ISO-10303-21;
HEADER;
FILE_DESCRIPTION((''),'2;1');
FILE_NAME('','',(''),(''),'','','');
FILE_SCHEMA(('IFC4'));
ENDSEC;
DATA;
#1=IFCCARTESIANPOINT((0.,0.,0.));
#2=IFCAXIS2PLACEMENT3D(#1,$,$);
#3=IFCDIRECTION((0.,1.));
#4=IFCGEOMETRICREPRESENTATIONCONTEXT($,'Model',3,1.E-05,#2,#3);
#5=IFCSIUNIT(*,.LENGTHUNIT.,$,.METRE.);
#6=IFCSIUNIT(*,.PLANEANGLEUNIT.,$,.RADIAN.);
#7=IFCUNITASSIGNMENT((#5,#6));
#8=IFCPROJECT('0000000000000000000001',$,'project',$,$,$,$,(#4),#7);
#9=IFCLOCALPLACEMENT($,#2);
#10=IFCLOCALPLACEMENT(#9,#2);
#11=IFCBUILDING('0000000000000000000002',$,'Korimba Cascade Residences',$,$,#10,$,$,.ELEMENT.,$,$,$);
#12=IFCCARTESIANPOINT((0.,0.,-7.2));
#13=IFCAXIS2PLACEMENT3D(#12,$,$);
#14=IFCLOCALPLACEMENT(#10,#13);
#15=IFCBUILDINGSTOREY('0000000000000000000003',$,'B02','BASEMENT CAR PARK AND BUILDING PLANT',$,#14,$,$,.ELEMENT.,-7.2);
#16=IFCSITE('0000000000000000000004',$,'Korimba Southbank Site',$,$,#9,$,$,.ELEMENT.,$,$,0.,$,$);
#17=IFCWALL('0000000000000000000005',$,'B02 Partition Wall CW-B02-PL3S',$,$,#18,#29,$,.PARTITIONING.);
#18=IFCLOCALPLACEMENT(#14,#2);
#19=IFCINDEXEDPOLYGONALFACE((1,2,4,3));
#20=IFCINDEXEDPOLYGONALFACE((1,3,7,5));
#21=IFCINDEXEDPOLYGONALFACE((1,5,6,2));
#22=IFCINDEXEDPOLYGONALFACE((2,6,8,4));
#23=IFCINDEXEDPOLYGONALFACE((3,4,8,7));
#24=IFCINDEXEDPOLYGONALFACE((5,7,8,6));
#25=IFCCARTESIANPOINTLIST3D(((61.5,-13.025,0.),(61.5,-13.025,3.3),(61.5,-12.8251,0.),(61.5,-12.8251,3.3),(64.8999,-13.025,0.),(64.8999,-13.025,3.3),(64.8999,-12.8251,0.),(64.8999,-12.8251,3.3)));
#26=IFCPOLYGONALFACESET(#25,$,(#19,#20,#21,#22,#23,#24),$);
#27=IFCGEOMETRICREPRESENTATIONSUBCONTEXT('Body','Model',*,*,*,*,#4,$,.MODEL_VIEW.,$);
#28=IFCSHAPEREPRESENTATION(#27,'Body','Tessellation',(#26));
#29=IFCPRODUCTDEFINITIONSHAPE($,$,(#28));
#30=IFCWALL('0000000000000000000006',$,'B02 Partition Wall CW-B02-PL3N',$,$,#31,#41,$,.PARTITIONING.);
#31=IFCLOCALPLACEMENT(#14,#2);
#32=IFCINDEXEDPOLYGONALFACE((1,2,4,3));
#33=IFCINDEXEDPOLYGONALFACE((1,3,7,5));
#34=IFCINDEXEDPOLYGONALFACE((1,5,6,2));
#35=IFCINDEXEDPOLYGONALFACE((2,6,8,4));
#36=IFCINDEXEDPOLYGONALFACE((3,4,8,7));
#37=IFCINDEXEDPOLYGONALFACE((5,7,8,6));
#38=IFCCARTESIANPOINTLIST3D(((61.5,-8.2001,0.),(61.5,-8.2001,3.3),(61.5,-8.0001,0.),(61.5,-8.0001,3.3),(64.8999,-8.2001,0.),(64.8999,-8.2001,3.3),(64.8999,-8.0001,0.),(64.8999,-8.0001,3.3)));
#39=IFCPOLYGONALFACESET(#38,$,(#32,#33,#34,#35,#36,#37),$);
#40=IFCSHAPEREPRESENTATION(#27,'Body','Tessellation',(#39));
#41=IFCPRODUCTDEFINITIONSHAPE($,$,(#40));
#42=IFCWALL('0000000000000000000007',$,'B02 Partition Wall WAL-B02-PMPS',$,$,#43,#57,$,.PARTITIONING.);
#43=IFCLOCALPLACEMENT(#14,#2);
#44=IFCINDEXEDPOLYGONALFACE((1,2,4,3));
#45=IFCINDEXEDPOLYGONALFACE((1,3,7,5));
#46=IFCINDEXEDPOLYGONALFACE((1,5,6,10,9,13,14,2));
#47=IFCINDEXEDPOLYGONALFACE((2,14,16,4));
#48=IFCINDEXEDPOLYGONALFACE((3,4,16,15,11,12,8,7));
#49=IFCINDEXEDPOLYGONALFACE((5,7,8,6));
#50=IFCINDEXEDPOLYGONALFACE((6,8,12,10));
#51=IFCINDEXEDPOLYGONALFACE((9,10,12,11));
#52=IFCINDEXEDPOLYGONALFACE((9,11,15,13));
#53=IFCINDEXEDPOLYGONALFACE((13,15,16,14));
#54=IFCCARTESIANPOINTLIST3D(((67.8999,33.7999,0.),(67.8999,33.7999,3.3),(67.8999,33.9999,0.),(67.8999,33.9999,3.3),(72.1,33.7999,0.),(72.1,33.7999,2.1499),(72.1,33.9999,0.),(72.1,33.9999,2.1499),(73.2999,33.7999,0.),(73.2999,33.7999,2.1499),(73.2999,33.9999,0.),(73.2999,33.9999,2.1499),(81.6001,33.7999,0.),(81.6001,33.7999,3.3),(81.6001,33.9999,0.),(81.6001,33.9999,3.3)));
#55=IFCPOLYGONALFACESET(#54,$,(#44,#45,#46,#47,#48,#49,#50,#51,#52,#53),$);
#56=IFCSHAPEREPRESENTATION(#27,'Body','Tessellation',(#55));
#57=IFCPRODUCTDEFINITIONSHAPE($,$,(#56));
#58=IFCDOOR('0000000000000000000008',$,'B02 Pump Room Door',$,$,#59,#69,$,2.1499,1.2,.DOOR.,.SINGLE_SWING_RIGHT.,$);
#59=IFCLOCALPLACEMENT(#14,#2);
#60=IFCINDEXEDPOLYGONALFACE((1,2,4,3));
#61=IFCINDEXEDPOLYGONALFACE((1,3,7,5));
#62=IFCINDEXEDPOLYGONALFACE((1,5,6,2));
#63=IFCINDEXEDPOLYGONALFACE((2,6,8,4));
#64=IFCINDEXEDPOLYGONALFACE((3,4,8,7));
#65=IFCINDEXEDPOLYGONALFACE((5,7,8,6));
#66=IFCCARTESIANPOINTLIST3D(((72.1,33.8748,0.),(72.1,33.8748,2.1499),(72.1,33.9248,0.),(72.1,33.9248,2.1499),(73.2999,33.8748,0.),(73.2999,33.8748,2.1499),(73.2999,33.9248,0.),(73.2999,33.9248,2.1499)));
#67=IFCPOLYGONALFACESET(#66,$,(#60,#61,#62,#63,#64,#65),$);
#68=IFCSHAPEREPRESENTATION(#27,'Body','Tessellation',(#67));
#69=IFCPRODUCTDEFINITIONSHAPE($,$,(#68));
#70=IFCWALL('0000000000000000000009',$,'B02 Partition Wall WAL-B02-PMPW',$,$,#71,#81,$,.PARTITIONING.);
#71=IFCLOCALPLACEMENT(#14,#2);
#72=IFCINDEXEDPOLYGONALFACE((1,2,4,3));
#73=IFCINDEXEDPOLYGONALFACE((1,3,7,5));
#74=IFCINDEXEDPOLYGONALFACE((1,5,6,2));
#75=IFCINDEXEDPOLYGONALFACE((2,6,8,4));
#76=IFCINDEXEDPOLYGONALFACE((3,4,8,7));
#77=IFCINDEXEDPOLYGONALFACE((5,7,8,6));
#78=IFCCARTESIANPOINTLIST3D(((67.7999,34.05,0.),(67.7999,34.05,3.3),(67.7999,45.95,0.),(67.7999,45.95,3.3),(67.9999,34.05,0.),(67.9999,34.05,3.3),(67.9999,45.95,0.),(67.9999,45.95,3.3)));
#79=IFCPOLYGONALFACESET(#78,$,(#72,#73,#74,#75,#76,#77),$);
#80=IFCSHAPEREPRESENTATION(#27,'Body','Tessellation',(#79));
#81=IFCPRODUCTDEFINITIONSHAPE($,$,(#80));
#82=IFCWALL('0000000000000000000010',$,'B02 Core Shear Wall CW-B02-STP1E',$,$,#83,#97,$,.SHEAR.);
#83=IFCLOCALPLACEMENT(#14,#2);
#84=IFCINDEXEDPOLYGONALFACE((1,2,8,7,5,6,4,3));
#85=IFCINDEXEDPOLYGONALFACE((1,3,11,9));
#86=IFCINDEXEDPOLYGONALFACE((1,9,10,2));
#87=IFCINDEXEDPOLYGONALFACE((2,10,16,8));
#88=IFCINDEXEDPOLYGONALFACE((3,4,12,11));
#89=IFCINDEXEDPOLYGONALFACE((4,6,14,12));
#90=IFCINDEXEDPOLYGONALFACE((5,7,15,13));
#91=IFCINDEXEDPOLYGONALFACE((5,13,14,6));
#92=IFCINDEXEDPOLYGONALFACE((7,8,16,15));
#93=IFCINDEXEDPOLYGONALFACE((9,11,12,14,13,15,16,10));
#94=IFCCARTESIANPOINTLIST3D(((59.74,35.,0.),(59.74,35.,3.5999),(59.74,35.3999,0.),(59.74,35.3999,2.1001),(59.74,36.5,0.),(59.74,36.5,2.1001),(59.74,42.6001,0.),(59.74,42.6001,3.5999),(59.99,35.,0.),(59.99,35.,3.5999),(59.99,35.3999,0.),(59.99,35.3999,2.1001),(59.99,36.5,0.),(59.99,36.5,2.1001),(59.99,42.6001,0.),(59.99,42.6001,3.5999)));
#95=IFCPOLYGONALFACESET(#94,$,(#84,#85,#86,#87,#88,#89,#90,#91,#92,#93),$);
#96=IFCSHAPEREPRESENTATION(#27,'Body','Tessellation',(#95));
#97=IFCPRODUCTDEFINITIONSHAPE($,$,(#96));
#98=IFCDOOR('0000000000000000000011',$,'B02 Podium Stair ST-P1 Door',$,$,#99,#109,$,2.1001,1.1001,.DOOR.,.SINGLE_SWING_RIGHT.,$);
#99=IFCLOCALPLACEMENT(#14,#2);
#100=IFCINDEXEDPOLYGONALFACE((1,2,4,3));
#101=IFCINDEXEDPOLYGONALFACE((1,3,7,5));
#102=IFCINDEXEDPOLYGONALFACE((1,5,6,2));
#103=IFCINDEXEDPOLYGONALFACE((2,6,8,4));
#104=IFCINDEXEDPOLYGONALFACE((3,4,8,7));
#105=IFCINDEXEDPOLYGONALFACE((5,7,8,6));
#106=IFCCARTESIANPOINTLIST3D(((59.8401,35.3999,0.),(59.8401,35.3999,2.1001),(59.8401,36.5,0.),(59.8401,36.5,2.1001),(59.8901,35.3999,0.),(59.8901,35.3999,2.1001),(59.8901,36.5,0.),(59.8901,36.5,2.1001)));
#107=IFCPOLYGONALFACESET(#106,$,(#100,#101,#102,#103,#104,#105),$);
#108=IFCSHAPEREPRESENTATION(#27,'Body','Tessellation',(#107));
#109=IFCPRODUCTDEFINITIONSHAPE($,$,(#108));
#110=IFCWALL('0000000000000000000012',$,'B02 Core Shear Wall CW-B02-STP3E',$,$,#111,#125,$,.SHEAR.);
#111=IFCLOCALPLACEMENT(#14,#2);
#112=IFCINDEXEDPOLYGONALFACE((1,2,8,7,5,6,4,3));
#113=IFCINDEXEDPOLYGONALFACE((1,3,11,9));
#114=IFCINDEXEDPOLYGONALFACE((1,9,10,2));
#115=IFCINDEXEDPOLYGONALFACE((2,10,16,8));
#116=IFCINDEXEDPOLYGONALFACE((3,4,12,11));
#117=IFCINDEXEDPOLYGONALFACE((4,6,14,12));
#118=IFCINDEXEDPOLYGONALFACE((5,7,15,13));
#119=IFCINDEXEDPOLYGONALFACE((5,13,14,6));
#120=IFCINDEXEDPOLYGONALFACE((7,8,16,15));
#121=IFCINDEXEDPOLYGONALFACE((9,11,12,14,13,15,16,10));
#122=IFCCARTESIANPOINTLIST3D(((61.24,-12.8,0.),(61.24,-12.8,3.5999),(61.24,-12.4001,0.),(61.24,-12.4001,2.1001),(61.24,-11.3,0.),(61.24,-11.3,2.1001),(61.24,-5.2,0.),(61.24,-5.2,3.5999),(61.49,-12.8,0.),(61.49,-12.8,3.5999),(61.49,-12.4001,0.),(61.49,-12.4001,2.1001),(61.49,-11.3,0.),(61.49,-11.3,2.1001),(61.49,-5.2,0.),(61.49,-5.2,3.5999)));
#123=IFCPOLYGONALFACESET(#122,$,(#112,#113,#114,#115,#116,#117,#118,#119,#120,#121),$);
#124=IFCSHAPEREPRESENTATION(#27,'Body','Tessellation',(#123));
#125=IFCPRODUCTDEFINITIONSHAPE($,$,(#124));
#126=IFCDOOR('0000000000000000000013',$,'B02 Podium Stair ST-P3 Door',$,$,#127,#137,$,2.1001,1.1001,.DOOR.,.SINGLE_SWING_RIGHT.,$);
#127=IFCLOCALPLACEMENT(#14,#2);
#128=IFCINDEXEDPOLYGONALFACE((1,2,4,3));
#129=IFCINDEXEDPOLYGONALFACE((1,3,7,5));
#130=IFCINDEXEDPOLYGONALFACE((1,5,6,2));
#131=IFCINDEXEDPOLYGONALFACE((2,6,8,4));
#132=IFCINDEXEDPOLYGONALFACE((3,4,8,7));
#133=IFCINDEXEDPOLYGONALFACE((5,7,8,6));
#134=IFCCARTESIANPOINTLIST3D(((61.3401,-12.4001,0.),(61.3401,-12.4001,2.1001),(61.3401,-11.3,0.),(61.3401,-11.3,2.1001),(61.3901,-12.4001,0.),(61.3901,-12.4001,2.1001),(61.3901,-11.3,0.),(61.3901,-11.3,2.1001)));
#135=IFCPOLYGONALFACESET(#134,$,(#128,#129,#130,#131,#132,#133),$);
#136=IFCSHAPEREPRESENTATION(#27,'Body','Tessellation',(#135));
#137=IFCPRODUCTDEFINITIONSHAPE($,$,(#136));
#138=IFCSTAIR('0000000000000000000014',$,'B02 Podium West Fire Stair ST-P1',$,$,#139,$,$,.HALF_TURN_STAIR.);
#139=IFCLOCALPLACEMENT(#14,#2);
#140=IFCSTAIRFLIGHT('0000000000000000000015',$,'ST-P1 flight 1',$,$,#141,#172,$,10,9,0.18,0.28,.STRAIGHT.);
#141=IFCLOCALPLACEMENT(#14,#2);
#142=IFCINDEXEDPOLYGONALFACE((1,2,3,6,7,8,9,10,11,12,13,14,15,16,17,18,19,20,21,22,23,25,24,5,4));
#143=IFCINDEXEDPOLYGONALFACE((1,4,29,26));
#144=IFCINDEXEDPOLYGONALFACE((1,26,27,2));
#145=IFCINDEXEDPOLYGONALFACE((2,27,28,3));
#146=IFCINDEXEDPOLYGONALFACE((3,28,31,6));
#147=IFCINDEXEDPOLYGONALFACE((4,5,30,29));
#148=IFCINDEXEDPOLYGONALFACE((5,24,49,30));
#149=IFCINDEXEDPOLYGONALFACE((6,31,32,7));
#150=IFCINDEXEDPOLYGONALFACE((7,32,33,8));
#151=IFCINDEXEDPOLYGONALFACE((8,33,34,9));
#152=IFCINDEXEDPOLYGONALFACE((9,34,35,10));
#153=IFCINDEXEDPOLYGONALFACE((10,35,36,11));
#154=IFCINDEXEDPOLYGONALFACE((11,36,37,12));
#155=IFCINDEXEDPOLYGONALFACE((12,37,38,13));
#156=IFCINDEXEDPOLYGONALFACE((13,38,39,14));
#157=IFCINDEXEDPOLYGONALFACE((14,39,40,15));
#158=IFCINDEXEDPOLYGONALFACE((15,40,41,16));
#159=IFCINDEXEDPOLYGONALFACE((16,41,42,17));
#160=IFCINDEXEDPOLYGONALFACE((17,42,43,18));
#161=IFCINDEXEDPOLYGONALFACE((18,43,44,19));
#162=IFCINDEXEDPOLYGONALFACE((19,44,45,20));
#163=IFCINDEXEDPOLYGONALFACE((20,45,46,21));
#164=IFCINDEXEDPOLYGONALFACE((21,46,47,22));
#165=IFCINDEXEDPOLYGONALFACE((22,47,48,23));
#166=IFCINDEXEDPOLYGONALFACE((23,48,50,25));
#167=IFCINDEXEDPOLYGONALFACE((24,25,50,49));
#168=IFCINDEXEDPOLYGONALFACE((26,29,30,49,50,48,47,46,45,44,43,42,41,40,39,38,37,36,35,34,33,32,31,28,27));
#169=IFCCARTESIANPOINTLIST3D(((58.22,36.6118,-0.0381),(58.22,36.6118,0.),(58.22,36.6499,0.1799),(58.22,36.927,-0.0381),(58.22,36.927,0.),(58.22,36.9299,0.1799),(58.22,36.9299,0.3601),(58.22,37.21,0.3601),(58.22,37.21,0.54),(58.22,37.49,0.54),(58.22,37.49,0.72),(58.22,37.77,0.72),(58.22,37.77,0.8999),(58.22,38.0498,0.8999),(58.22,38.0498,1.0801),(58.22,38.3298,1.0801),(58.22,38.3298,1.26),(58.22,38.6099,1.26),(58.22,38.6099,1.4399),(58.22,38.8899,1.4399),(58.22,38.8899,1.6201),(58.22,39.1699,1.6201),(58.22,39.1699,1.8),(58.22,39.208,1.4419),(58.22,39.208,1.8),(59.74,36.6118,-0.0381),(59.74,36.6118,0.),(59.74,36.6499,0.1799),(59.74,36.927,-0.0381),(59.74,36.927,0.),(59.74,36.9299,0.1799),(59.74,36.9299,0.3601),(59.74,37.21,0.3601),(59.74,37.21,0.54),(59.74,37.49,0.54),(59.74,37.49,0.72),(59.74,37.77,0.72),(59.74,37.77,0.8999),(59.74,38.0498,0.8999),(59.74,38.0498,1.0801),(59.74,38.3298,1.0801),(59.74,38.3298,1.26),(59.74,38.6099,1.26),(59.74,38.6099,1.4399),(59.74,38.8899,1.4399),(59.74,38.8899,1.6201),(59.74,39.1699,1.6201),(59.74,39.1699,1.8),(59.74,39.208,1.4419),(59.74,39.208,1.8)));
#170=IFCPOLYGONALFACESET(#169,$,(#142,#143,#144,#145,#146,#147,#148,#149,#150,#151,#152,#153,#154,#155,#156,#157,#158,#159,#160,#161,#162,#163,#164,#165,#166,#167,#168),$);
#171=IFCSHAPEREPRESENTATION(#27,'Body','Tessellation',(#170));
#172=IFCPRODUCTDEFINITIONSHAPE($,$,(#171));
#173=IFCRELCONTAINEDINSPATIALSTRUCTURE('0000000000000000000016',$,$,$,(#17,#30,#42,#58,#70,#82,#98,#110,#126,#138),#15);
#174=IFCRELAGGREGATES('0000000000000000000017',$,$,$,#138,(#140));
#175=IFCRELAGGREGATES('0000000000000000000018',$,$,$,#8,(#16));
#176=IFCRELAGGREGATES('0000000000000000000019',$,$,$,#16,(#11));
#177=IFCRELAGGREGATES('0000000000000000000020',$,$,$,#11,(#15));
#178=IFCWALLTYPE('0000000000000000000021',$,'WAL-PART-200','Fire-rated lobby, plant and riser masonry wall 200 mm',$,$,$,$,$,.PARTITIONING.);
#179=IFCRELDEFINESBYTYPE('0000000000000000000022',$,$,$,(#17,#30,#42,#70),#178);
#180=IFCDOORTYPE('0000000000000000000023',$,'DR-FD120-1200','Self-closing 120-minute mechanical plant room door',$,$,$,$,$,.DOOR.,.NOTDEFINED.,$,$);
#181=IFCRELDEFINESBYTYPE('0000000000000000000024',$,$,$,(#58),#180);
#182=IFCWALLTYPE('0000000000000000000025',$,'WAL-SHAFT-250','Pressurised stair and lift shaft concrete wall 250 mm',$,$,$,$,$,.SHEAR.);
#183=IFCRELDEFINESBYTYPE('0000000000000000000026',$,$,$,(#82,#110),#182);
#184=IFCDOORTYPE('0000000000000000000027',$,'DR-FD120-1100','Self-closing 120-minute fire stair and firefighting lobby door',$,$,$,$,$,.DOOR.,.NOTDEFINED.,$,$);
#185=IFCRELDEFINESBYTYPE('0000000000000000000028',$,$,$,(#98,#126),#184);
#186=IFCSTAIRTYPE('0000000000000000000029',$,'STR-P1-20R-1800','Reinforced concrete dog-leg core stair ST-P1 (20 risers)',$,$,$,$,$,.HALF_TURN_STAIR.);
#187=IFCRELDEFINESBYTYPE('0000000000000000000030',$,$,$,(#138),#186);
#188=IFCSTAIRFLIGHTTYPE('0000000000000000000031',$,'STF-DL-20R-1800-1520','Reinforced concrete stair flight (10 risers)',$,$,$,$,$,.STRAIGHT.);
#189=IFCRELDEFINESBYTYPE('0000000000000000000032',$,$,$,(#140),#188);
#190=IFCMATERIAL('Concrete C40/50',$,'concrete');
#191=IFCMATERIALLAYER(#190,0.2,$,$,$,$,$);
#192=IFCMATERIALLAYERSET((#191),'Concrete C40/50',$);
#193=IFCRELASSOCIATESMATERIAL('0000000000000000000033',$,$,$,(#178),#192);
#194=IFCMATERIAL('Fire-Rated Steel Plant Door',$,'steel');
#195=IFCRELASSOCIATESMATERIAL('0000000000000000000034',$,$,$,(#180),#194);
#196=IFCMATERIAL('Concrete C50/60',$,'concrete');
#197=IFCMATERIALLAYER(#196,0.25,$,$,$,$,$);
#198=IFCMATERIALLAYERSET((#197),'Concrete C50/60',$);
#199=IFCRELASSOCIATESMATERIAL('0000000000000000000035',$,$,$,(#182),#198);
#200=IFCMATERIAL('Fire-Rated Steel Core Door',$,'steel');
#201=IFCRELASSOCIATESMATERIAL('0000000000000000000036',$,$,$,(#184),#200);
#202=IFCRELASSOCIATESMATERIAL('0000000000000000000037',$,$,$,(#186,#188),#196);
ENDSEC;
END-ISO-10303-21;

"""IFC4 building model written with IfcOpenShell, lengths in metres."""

from ifc_helpers import new_model, si_unit, direction, frame, frame_2d, origin, place, context, subcontext, project, spatial, polyline, rectangle, outline, extrude, material, layer, layer_set, type_object, element, fill, aggregate, save


model = new_model("IFC4")

# Units and contexts
model_context = context("Model", 3, precision=1e-05, world=origin(), true_north=direction((0.0, 1.0)))
body_context = subcontext(model_context, "Body", "Model", "MODEL_VIEW")
ifc_project = project(units=[si_unit("LENGTHUNIT", "METRE"), si_unit("PLANEANGLEUNIT", "RADIAN")], contexts=[model_context])

# Site, building, storey
site_placement = place(None, origin())
site = spatial("IfcSite", under=ifc_project, at=site_placement, Name="Korimba Southbank Site", CompositionType="ELEMENT", RefElevation=0.0)
building_placement = place(site_placement, origin())
building = spatial("IfcBuilding", under=site, at=building_placement, Name="Korimba Cascade Residences", CompositionType="ELEMENT")
storey_placement = place(building_placement, frame((0.0, 0.0, -7.2)))
storey = spatial("IfcBuildingStorey", under=building, at=storey_placement, Name="B02", Description="BASEMENT CAR PARK AND BUILDING PLANT", CompositionType="ELEMENT", Elevation=-7.2)

# Shared definitions
ifc_material_1 = material(Name="Concrete C50/60", Category="concrete")

# Shared definitions
ifc_material_2 = material(Name="Concrete C40/50", Category="concrete")
ifc_layer_1 = layer(ifc_material_2, 0.2)
ifc_layer_set_1 = layer_set([ifc_layer_1], Name="Concrete C40/50")
wall_type_1 = type_object("IfcWallType", Name="WAL-PART-200", Description="Fire-rated lobby, plant and riser masonry wall 200 mm", PredefinedType="PARTITIONING", material=ifc_layer_set_1)

# Walls
for number, where, z_axis, x_axis, name in (
    (1, (61.5, -12.925, 0.0), (0.0, 0.0, 1.0), (1.0, 0.0, 0.0), "B02 Partition Wall CW-B02-PL3S"),
    (2, (61.5, -8.1001, 0.0), (0.0, 0.0, 1.0), (1.0, 0.0, 0.0), "B02 Partition Wall CW-B02-PL3N"),
):
    element("IfcWall", number, at=place(storey_placement, frame(where, z_axis=z_axis, x_axis=x_axis)), inside=storey, type_object=wall_type_1, Name=name, PredefinedType="PARTITIONING", context=body_context, shape_type="SweptSolid", body=[
        extrude(rectangle(XDim=3.3999, YDim=0.2, at=frame_2d((1.7, 0.0))), origin(), (0.0, 0.0, 1.0), 3.3),
    ])

# Wall, opening, door
wall_1_placement = place(storey_placement, frame((67.8999, 33.8999, 0.0), z_axis=(0.0, 0.0, 1.0), x_axis=(1.0, 0.0, 0.0)))
wall_1 = element("IfcWall", 3, at=wall_1_placement, inside=storey, type_object=wall_type_1, Name="B02 Partition Wall WAL-B02-PMPS", PredefinedType="PARTITIONING", context=body_context, shape_type="SweptSolid", body=[
    extrude(rectangle(XDim=13.7002, YDim=0.2, at=frame_2d((6.8501, 0.0))), origin(), (0.0, 0.0, 1.0), 3.3),
])
opening_1_placement = place(wall_1_placement, frame((4.2, 0.0, 0.0)))
opening_1 = element("IfcOpeningElement", 4, at=opening_1_placement, cuts=wall_1, PredefinedType="OPENING", context=body_context, shape_type="SweptSolid", body=[
    extrude(rectangle(XDim=1.2, YDim=2.1499, at=frame_2d((0.6001, 1.075))), frame((0.0, 0.1099, 0.0), z_axis=(0.0, -1.0, 0.0), x_axis=(1.0, 0.0, 0.0)), (0.0, 0.0, 1.0), 0.22),
])
ifc_material_3 = material(Name="Fire-Rated Steel Plant Door", Category="steel")
door_type_1 = type_object("IfcDoorType", Name="DR-FD120-1200", Description="Self-closing 120-minute mechanical plant room door", OperationType="NOTDEFINED", PredefinedType="DOOR", material=ifc_material_3)
door_1_placement = place(opening_1_placement, origin())
door_1 = element("IfcDoor", 5, at=door_1_placement, inside=storey, type_object=door_type_1, Name="B02 Pump Room Door", OperationType="SINGLE_SWING_RIGHT", OverallHeight=2.1499, OverallWidth=1.2, PredefinedType="DOOR", context=body_context, shape_type="SweptSolid", body=[
    extrude(rectangle(XDim=1.2, YDim=2.1499, at=frame_2d((0.6001, 1.075))), frame((0.0, 0.0249, 0.0), z_axis=(0.0, -1.0, 0.0), x_axis=(1.0, 0.0, 0.0)), (0.0, 0.0, 1.0), 0.05),
])
fill(opening_1, door_1)

# Wall
wall_2_placement = place(storey_placement, frame((67.8999, 34.05, 0.0), z_axis=(0.0, 0.0, 1.0), x_axis=(0.0, 1.0, 0.0)))
element("IfcWall", 6, at=wall_2_placement, inside=storey, type_object=wall_type_1, Name="B02 Partition Wall WAL-B02-PMPW", PredefinedType="PARTITIONING", context=body_context, shape_type="SweptSolid", body=[
    extrude(rectangle(XDim=11.8999, YDim=0.2, at=frame_2d((5.95, 0.0))), origin(), (0.0, 0.0, 1.0), 3.3),
])

# Walls, openings, doors
ifc_layer_2 = layer(ifc_material_1, 0.25)
ifc_layer_set_2 = layer_set([ifc_layer_2], Name="Concrete C50/60")
wall_type_2 = type_object("IfcWallType", Name="WAL-SHAFT-250", Description="Pressurised stair and lift shaft concrete wall 250 mm", PredefinedType="SHEAR", material=ifc_layer_set_2)
wall_3_placement = place(storey_placement, frame((59.865, 35.0, 0.0), z_axis=(0.0, 0.0, 1.0), x_axis=(0.0, 1.0, 0.0)))
wall_3 = element("IfcWall", 7, at=wall_3_placement, inside=storey, type_object=wall_type_2, Name="B02 Core Shear Wall CW-B02-STP1E", PredefinedType="SHEAR", context=body_context, shape_type="SweptSolid", body=[
    extrude(rectangle(XDim=7.6001, YDim=0.25, at=frame_2d((3.8, 0.0))), origin(), (0.0, 0.0, 1.0), 3.5999),
])
opening_2_placement = place(wall_3_placement, frame((0.3999, 0.0, 0.0)))
opening_2 = element("IfcOpeningElement", 8, at=opening_2_placement, cuts=wall_3, PredefinedType="OPENING", context=body_context, shape_type="SweptSolid", body=[
    extrude(rectangle(XDim=1.1001, YDim=2.1001, at=frame_2d((0.55, 1.05))), frame((0.0, 0.135, 0.0), z_axis=(0.0, -1.0, 0.0), x_axis=(1.0, 0.0, 0.0)), (0.0, 0.0, 1.0), 0.27),
])
ifc_material_4 = material(Name="Fire-Rated Steel Core Door", Category="steel")
door_type_2 = type_object("IfcDoorType", Name="DR-FD120-1100", Description="Self-closing 120-minute fire stair and firefighting lobby door", OperationType="NOTDEFINED", PredefinedType="DOOR", material=ifc_material_4)
door_2_placement = place(opening_2_placement, origin())
door_2 = element("IfcDoor", 9, at=door_2_placement, inside=storey, type_object=door_type_2, Name="B02 Podium Stair ST-P1 Door", OperationType="SINGLE_SWING_RIGHT", OverallHeight=2.1001, OverallWidth=1.1001, PredefinedType="DOOR", context=body_context, shape_type="SweptSolid", body=[
    extrude(rectangle(XDim=1.1001, YDim=2.1001, at=frame_2d((0.55, 1.05))), frame((0.0, 0.0249, 0.0), z_axis=(0.0, -1.0, 0.0), x_axis=(1.0, 0.0, 0.0)), (0.0, 0.0, 1.0), 0.05),
])
fill(opening_2, door_2)
wall_4_placement = place(storey_placement, frame((61.365, -12.8, 0.0), z_axis=(0.0, 0.0, 1.0), x_axis=(0.0, 1.0, 0.0)))
wall_4 = element("IfcWall", 10, at=wall_4_placement, inside=storey, type_object=wall_type_2, Name="B02 Core Shear Wall CW-B02-STP3E", PredefinedType="SHEAR", context=body_context, shape_type="SweptSolid", body=[
    extrude(rectangle(XDim=7.6001, YDim=0.25, at=frame_2d((3.8, 0.0))), origin(), (0.0, 0.0, 1.0), 3.5999),
])
opening_3_placement = place(wall_4_placement, frame((0.3999, 0.0, 0.0)))
opening_3 = element("IfcOpeningElement", 11, at=opening_3_placement, cuts=wall_4, PredefinedType="OPENING", context=body_context, shape_type="SweptSolid", body=[
    extrude(rectangle(XDim=1.1001, YDim=2.1001, at=frame_2d((0.55, 1.05))), frame((0.0, 0.135, 0.0), z_axis=(0.0, -1.0, 0.0), x_axis=(1.0, 0.0, 0.0)), (0.0, 0.0, 1.0), 0.27),
])
door_3_placement = place(opening_3_placement, origin())
door_3 = element("IfcDoor", 12, at=door_3_placement, inside=storey, type_object=door_type_2, Name="B02 Podium Stair ST-P3 Door", OperationType="SINGLE_SWING_RIGHT", OverallHeight=2.1001, OverallWidth=1.1001, PredefinedType="DOOR", context=body_context, shape_type="SweptSolid", body=[
    extrude(rectangle(XDim=1.1001, YDim=2.1001, at=frame_2d((0.55, 1.05))), frame((0.0, 0.0249, 0.0), z_axis=(0.0, -1.0, 0.0), x_axis=(1.0, 0.0, 0.0)), (0.0, 0.0, 1.0), 0.05),
])
fill(opening_3, door_3)

# Stair, stair flight
stair_type_1 = type_object("IfcStairType", Name="STR-P1-20R-1800", Description="Reinforced concrete dog-leg core stair ST-P1 (20 risers)", PredefinedType="HALF_TURN_STAIR", material=ifc_material_1)
stair_1_placement = place(storey_placement, origin())
stair_1 = element("IfcStair", 13, at=stair_1_placement, inside=storey, type_object=stair_type_1, Name="B02 Podium West Fire Stair ST-P1", PredefinedType="HALF_TURN_STAIR")
stair_flight_type = type_object("IfcStairFlightType", Name="STF-DL-20R-1800-1520", Description="Reinforced concrete stair flight (10 risers)", PredefinedType="STRAIGHT", material=ifc_material_1)
stair_flight_1_placement = place(storey_placement, frame((58.98, 36.6499, 0.0), z_axis=(0.0, 0.0, 1.0), x_axis=(0.0, 1.0, 0.0)))
stair_flight_1 = element("IfcStairFlight", 14, at=stair_flight_1_placement, type_object=stair_flight_type, Name="ST-P1 flight 1", NumberOfRisers=10, NumberOfTreads=9, PredefinedType="STRAIGHT", RiserHeight=0.18, TreadLength=0.28, context=body_context, shape_type="SweptSolid", body=[
    extrude(outline(polyline([(-0.0381, 0.0), (0.0, 0.1799), (0.28, 0.1799), (0.28, 0.3601), (0.5601, 0.3601), (0.5601, 0.54), (0.8401, 0.54), (0.8401, 0.72), (1.1201, 0.72), (1.1201, 0.8999), (1.3999, 0.8999), (1.3999, 1.0801), (1.6799, 1.0801), (1.6799, 1.26), (1.96, 1.26), (1.96, 1.4399), (2.24, 1.4399), (2.24, 1.6201), (2.52, 1.6201), (2.52, 1.8), (2.5581, 1.8), (2.5581, 1.4419), (0.2771, 0.0), (0.2771, -0.0381), (-0.0381, -0.0381), (-0.0381, 0.0)])), frame((0.0, 0.76, 0.0), z_axis=(0.0, -1.0, 0.0), x_axis=(1.0, 0.0, 0.0)), (0.0, 0.0, 1.0), 1.52),
])
aggregate(stair_1, [stair_flight_1])

save(model, "model.ifc")
